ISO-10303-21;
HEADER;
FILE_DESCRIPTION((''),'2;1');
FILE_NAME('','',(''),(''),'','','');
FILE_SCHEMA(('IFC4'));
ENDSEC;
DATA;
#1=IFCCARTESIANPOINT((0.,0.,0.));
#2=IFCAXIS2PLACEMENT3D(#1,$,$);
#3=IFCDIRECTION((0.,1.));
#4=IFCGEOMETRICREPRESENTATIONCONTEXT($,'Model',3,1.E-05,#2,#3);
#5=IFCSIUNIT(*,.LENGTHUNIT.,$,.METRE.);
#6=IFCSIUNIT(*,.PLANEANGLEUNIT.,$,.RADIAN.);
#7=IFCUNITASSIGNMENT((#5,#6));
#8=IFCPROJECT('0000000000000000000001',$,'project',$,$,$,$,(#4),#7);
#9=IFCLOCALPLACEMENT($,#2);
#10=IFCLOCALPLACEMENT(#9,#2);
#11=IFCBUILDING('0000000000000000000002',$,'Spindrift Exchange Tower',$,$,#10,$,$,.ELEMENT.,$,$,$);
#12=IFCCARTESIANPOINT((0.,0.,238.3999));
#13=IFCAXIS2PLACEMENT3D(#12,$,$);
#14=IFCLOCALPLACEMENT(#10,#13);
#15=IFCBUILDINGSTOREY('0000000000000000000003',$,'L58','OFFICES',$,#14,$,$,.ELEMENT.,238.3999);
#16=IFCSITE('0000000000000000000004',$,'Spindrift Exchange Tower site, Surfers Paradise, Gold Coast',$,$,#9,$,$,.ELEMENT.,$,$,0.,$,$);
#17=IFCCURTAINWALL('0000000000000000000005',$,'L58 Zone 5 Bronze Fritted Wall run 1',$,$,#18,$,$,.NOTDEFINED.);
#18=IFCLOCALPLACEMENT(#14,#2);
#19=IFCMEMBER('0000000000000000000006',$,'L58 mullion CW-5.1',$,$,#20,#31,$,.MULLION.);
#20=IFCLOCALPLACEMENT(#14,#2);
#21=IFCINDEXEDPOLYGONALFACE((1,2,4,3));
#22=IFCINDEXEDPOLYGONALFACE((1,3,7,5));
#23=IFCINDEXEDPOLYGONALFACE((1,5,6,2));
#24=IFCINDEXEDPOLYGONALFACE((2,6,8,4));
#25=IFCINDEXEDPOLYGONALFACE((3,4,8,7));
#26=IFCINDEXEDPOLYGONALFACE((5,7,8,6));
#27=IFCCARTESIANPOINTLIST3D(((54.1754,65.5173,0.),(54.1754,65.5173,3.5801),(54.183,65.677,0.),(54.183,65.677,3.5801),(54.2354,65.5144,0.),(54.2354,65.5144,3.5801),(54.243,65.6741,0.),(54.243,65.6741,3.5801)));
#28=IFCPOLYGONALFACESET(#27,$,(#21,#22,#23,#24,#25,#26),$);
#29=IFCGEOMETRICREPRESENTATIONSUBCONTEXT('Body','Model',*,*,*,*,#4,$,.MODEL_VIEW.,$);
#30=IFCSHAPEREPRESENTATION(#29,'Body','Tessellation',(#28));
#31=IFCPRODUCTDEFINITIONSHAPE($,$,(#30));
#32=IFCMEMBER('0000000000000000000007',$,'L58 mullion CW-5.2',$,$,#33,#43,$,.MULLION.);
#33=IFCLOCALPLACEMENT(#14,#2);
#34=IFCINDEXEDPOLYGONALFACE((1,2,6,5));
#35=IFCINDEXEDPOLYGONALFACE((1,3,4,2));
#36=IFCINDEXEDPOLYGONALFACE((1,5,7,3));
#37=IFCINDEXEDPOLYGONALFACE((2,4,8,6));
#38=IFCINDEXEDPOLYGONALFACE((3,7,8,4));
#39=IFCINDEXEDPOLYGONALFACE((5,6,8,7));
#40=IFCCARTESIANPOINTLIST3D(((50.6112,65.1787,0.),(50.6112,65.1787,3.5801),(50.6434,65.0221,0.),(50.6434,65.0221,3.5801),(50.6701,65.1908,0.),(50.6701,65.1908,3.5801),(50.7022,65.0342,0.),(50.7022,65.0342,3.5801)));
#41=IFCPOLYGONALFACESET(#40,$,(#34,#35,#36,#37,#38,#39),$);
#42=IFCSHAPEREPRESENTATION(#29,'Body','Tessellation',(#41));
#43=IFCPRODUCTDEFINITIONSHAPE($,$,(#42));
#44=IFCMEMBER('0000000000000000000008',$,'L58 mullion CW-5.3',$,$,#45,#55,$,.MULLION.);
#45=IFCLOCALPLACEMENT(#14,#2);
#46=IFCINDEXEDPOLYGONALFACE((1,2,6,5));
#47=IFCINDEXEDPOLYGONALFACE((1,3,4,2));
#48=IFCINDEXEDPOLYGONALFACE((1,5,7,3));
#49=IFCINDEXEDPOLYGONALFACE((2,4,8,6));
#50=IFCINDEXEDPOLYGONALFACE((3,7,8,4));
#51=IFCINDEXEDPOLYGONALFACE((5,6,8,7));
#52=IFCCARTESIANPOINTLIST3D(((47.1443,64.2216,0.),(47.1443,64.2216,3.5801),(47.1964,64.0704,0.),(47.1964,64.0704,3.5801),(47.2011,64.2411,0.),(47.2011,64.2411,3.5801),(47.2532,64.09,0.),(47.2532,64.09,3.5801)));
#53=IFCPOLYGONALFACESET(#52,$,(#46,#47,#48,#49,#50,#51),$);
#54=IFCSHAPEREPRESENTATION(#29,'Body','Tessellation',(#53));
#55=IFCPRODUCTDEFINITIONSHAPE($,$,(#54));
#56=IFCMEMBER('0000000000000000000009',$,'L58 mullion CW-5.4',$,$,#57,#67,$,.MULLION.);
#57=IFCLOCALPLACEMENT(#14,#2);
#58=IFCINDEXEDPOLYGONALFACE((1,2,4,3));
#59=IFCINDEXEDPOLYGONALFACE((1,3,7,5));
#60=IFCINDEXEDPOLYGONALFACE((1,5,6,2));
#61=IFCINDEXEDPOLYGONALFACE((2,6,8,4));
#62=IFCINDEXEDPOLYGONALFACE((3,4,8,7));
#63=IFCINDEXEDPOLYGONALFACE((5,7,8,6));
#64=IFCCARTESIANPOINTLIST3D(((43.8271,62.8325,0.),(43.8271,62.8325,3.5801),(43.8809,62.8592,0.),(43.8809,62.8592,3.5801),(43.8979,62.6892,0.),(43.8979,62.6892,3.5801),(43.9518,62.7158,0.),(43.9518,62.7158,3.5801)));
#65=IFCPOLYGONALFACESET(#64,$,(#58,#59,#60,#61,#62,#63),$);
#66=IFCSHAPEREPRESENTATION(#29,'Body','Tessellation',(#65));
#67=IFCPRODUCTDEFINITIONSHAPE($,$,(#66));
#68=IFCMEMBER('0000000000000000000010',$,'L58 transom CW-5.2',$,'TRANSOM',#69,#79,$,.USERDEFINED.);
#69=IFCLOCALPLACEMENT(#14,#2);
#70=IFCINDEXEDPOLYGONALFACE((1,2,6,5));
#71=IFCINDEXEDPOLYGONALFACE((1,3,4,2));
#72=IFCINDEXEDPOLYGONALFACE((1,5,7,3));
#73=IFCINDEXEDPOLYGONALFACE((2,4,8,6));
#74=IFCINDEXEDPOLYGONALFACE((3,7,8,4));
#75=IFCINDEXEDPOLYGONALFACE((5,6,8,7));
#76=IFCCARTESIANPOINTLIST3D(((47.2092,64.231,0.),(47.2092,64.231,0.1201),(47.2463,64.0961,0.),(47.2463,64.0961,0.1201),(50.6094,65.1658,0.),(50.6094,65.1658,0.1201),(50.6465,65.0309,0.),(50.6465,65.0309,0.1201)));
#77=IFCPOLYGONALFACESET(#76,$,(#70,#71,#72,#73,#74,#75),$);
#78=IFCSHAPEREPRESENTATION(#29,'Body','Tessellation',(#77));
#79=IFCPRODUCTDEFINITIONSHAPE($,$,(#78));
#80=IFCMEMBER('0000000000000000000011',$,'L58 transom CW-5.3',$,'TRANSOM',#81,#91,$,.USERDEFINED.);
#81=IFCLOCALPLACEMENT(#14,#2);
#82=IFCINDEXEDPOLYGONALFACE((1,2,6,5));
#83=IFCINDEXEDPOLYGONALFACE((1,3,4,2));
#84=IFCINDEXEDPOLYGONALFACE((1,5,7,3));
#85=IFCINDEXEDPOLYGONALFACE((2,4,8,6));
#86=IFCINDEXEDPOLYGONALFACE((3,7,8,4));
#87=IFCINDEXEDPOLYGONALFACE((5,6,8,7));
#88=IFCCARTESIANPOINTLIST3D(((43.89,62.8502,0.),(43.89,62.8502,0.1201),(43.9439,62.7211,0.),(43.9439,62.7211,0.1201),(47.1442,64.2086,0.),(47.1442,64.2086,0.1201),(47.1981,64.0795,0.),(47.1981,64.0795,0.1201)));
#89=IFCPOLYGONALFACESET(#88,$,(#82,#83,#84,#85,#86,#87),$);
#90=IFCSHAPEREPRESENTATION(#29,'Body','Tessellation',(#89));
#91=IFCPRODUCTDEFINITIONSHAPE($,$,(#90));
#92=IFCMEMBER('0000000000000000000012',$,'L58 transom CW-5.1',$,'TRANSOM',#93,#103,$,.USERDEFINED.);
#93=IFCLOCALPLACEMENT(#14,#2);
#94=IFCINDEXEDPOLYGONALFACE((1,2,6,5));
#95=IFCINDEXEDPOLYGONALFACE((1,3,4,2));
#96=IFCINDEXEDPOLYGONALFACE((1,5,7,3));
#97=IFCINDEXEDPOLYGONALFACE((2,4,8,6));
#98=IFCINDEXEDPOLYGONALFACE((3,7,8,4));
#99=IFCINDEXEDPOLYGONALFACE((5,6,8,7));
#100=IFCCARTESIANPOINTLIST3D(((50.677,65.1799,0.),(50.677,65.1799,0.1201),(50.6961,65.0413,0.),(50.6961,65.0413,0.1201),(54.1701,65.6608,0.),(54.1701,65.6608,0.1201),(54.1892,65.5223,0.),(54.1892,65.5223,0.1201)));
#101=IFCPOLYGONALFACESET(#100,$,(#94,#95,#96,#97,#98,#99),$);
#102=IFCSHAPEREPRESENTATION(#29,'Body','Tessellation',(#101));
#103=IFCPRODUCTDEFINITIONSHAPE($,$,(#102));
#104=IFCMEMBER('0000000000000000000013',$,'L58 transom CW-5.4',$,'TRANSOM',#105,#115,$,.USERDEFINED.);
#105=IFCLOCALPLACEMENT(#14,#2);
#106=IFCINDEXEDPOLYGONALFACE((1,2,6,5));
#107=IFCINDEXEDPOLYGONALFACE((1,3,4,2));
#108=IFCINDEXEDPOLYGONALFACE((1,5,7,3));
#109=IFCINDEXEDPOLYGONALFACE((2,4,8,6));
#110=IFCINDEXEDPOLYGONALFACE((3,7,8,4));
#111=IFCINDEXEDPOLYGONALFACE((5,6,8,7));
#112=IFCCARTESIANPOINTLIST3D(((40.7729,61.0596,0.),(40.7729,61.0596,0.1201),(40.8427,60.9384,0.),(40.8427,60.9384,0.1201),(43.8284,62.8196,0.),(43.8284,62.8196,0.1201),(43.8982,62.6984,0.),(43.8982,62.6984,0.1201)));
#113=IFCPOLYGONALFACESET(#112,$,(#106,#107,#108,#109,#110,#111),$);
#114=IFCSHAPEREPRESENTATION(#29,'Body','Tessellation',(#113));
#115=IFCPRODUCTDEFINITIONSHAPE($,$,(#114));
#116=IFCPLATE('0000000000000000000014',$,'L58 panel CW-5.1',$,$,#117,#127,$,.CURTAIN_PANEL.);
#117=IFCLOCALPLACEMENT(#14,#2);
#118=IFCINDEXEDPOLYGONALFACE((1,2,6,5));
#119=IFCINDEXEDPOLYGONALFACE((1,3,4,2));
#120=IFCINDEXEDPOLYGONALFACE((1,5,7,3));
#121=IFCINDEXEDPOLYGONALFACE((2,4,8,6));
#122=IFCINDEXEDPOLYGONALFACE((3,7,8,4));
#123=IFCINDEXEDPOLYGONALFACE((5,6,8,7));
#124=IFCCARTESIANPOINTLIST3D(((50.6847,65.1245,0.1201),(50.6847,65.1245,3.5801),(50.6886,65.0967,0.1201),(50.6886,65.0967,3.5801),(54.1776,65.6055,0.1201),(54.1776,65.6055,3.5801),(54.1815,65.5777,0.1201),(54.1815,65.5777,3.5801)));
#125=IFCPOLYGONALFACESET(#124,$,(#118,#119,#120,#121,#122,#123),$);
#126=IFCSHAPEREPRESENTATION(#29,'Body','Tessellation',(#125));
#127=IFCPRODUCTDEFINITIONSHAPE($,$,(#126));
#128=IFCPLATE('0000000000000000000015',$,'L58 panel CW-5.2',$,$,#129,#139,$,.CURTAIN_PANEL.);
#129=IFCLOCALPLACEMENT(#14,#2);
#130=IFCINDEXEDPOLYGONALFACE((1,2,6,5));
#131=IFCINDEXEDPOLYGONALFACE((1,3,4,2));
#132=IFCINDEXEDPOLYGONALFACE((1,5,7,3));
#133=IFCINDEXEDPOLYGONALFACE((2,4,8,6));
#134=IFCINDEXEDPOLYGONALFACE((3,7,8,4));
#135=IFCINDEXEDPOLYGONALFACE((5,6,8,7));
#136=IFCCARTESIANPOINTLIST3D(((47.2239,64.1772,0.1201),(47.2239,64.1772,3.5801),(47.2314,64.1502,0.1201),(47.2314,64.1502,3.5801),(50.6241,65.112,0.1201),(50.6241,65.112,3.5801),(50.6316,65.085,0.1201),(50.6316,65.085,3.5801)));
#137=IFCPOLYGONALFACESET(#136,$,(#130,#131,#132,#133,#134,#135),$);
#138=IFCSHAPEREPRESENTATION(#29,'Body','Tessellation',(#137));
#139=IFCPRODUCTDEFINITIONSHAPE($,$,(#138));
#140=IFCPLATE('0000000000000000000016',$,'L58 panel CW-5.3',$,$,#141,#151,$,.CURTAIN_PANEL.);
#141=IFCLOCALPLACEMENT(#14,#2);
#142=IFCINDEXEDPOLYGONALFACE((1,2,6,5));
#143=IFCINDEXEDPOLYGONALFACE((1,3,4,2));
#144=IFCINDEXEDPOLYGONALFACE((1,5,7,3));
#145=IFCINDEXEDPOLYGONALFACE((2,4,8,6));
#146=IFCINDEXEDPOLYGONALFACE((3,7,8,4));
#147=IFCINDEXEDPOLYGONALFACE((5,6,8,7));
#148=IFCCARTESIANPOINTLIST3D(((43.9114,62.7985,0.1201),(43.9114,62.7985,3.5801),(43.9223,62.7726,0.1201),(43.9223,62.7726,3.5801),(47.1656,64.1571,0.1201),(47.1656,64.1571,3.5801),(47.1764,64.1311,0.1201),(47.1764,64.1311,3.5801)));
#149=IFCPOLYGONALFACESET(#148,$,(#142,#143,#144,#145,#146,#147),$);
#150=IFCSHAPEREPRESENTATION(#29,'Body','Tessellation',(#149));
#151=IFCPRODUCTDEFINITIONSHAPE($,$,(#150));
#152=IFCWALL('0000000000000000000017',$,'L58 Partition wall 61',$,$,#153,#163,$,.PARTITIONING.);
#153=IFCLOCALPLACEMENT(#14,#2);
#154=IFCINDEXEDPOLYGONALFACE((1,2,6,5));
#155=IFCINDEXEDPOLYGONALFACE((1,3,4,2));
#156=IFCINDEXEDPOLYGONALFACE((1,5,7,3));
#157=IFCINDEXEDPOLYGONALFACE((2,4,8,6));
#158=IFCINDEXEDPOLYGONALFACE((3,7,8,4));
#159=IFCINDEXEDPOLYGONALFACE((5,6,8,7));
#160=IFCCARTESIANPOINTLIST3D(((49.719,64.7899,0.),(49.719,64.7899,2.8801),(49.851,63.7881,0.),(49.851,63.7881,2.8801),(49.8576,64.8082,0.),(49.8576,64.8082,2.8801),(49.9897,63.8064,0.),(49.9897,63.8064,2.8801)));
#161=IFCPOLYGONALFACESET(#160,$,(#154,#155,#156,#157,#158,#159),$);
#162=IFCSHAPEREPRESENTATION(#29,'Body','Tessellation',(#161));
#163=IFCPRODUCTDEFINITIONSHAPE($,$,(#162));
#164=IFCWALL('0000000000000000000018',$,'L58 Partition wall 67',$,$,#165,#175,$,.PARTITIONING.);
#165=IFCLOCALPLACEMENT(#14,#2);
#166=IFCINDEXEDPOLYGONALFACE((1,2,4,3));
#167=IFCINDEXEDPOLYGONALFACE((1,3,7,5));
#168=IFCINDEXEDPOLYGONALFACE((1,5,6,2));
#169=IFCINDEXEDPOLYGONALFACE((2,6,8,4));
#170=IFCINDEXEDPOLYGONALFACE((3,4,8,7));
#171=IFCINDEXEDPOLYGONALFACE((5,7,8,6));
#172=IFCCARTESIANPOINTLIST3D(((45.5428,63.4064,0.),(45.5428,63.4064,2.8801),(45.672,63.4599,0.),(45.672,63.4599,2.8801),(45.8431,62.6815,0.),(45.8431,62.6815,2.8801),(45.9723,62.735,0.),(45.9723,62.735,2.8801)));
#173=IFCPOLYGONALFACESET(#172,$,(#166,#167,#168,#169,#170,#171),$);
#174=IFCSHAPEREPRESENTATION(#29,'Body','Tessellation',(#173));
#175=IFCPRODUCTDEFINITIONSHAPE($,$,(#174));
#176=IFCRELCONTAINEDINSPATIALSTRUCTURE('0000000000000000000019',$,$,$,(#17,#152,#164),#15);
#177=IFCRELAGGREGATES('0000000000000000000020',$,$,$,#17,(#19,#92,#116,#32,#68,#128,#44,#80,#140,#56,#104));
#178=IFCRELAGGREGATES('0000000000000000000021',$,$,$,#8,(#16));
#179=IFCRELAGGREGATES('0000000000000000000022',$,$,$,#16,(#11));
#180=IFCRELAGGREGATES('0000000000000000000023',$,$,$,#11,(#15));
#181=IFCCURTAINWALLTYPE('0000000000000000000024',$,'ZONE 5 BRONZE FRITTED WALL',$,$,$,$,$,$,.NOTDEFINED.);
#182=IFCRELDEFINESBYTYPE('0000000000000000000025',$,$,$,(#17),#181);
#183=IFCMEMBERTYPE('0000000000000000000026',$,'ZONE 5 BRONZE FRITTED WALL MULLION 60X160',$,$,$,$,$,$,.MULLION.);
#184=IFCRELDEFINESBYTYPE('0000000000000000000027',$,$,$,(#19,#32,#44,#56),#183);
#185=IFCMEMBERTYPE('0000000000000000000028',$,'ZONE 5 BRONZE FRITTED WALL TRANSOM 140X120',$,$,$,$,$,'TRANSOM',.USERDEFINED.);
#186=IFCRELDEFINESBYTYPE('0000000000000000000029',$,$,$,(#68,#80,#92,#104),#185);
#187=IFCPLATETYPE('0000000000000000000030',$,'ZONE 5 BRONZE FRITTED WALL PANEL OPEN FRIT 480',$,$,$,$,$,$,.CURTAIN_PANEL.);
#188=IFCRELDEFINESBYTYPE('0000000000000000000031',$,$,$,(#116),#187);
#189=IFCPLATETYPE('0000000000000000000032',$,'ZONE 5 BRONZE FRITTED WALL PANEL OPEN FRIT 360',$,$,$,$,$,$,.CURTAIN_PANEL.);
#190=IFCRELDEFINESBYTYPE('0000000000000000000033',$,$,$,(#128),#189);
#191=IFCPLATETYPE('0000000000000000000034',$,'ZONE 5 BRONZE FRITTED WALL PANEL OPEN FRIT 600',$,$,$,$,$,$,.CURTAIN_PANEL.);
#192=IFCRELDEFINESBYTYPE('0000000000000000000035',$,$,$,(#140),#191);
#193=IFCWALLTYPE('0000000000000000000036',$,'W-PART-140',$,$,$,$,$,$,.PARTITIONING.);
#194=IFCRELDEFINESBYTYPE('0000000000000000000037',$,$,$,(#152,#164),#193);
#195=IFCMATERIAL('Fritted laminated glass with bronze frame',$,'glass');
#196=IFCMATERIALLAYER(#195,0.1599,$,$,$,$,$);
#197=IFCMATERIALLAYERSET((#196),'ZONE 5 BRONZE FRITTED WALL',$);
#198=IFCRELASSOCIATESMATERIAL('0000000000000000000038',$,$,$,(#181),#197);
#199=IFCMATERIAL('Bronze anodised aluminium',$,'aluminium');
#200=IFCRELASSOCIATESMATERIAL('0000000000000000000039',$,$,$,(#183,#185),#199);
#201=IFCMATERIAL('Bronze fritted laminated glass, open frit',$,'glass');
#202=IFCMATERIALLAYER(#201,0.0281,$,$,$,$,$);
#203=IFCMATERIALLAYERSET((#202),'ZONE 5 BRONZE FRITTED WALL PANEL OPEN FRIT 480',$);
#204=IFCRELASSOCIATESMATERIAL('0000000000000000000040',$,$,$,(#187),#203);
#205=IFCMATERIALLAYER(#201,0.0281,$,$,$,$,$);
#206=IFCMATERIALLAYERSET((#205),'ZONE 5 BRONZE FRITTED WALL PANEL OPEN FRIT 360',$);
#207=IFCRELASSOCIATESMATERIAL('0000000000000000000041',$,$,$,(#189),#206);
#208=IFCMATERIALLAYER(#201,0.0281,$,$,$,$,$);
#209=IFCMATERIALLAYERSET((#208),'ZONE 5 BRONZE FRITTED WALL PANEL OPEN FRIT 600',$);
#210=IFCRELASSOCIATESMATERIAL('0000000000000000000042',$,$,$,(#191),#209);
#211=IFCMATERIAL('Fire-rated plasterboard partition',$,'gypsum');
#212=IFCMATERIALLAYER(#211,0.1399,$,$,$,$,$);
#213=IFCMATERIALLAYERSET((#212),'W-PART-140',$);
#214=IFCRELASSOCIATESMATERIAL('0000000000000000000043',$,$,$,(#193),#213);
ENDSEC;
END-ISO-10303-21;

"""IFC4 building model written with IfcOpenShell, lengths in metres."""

from ifc_helpers import new_model, si_unit, direction, frame, frame_2d, origin, origin_2d, place, context, subcontext, project, spatial, rectangle, extrude, source, transform, mapped, material, layer, layer_set, material_profile, profile_set, type_object, element, aggregate, save


model = new_model("IFC4")

# Units and contexts
model_context = context("Model", 3, precision=1e-05, world=origin(), true_north=direction((0.0, 1.0)))
body_context = subcontext(model_context, "Body", "Model", "MODEL_VIEW")
ifc_project = project(units=[si_unit("LENGTHUNIT", "METRE"), si_unit("PLANEANGLEUNIT", "RADIAN")], contexts=[model_context])

# Site, building, storey
site_placement = place(None, origin())
site = spatial("IfcSite", under=ifc_project, at=site_placement, Name="Spindrift Exchange Tower site, Surfers Paradise, Gold Coast", CompositionType="ELEMENT", RefElevation=0.0)
building_placement = place(site_placement, origin())
building = spatial("IfcBuilding", under=site, at=building_placement, Name="Spindrift Exchange Tower", CompositionType="ELEMENT")
storey_placement = place(building_placement, frame((0.0, 0.0, 238.3999)))
storey = spatial("IfcBuildingStorey", under=building, at=storey_placement, Name="L58", Description="OFFICES", CompositionType="ELEMENT", Elevation=238.3999)

# Curtain wall, members, plates
ifc_material_1 = material(Name="Fritted laminated glass with bronze frame", Category="glass")
ifc_layer_1 = layer(ifc_material_1, 0.1599)
ifc_layer_set_1 = layer_set([ifc_layer_1], Name="ZONE 5 BRONZE FRITTED WALL")
curtain_wall_type = type_object("IfcCurtainWallType", Name="ZONE 5 BRONZE FRITTED WALL", PredefinedType="NOTDEFINED", material=ifc_layer_set_1)
curtain_wall_placement = place(storey_placement, origin())
curtain_wall = element("IfcCurtainWall", 1, at=curtain_wall_placement, inside=storey, type_object=curtain_wall_type, Name="L58 Zone 5 Bronze Fritted Wall run 1", PredefinedType="NOTDEFINED")
ifc_material_2 = material(Name="Bronze anodised aluminium", Category="aluminium")
ifc_material_profile_1 = material_profile(ifc_material_2, rectangle(XDim=0.0601, YDim=0.1599, at=origin_2d()), Name="ZONE 5 BRONZE FRITTED WALL MULLION 60X160")
ifc_profile_set_1 = profile_set([ifc_material_profile_1], Name="Bronze anodised aluminium")
member_type_1 = type_object("IfcMemberType", Name="ZONE 5 BRONZE FRITTED WALL MULLION 60X160", PredefinedType="MULLION", material=ifc_profile_set_1)
shared_shape_1 = source(origin(), body_context, "Body", "SweptSolid", [
    extrude(rectangle(XDim=0.0601, YDim=0.1599, at=origin_2d()), origin(), (0.0, 0.0, 1.0), 3.5801),
])
member_1_placement = place(storey_placement, frame((54.2092, 65.5957, 0.0), z_axis=(0.0, 0.0, 1.0), x_axis=(-0.998879, 0.047331, 0.0)))
member_1 = element("IfcMember", 2, at=member_1_placement, type_object=member_type_1, Name="L58 mullion CW-5.1", PredefinedType="MULLION", context=body_context, shape_type="MappedRepresentation", body=[
    mapped(shared_shape_1, transform((0.0, 0.0, 0.0), scale=1.0)),
])
member_2_placement = place(storey_placement, frame((50.6567, 65.1064, 0.0), z_axis=(0.0, 0.0, 1.0), x_axis=(-0.979552, -0.201189, 0.0)))
member_2 = element("IfcMember", 3, at=member_2_placement, type_object=member_type_1, Name="L58 mullion CW-5.2", PredefinedType="MULLION", context=body_context, shape_type="MappedRepresentation", body=[
    mapped(shared_shape_1, transform((0.0, 0.0, 0.0), scale=1.0)),
])
member_3_placement = place(storey_placement, frame((47.1987, 64.1558, 0.0), z_axis=(0.0, 0.0, 1.0), x_axis=(-0.94543, -0.325826, 0.0)))
member_3 = element("IfcMember", 4, at=member_3_placement, type_object=member_type_1, Name="L58 mullion CW-5.3", PredefinedType="MULLION", context=body_context, shape_type="MappedRepresentation", body=[
    mapped(shared_shape_1, transform((0.0, 0.0, 0.0), scale=1.0)),
])
member_4_placement = place(storey_placement, frame((43.8894, 62.7742, 0.0), z_axis=(0.0, 0.0, 1.0), x_axis=(-0.896474, -0.443097, 0.0)))
member_4 = element("IfcMember", 5, at=member_4_placement, type_object=member_type_1, Name="L58 mullion CW-5.4", PredefinedType="MULLION", context=body_context, shape_type="MappedRepresentation", body=[
    mapped(shared_shape_1, transform((0.0, 0.0, 0.0), scale=1.0)),
])
ifc_material_profile_2 = material_profile(ifc_material_2, rectangle(XDim=0.1399, YDim=0.1201, at=origin_2d()), Name="ZONE 5 BRONZE FRITTED WALL TRANSOM 140X120")
ifc_profile_set_2 = profile_set([ifc_material_profile_2], Name="Bronze anodised aluminium")
member_type_2 = type_object("IfcMemberType", Name="ZONE 5 BRONZE FRITTED WALL TRANSOM 140X120", ElementType="TRANSOM", PredefinedType="USERDEFINED", material=ifc_profile_set_2)
shared_shape_2 = source(origin(), body_context, "Body", "SweptSolid", [
    extrude(rectangle(XDim=0.1399, YDim=0.1201, at=origin_2d()), origin(), (0.0, 0.0, 1.0), 3.5264),
])
member_5_placement = place(storey_placement, frame((50.6279, 65.0984, 0.0601), z_axis=(-0.964222, -0.265097, 0.0), x_axis=(0.265097, -0.964222, 0.0)))
member_5 = element("IfcMember", 6, at=member_5_placement, type_object=member_type_2, Name="L58 transom CW-5.2", ObjectType="TRANSOM", PredefinedType="USERDEFINED", context=body_context, shape_type="MappedRepresentation", body=[
    mapped(shared_shape_2, transform((0.0, 0.0, 0.0), scale=1.0)),
])
member_6_placement = place(storey_placement, frame((47.1711, 64.144, 0.0601), z_axis=(-0.922825, -0.38522, 0.0), x_axis=(0.38522, -0.922825, 0.0)))
member_6 = element("IfcMember", 7, at=member_6_placement, type_object=member_type_2, Name="L58 transom CW-5.3", ObjectType="TRANSOM", PredefinedType="USERDEFINED", context=body_context, shape_type="MappedRepresentation", body=[
    mapped(shared_shape_2, transform((0.0, 0.0, 0.0), scale=1.0)),
])
shared_shape_3 = source(origin(), body_context, "Body", "SweptSolid", [
    extrude(rectangle(XDim=0.1399, YDim=0.1201, at=origin_2d()), origin(), (0.0, 0.0, 1.0), 3.5261),
])
member_7_placement = place(storey_placement, frame((54.1797, 65.5916, 0.0601), z_axis=(-0.990654, -0.136398, 0.0), x_axis=(0.136398, -0.990654, 0.0)))
member_7 = element("IfcMember", 8, at=member_7_placement, type_object=member_type_2, Name="L58 transom CW-5.1", ObjectType="TRANSOM", PredefinedType="USERDEFINED", context=body_context, shape_type="MappedRepresentation", body=[
    mapped(shared_shape_3, transform((0.0, 0.0, 0.0), scale=1.0)),
])
member_8_placement = place(storey_placement, frame((43.8633, 62.759, 0.0601), z_axis=(-0.866521, -0.499141, 0.0), x_axis=(0.499141, -0.866521, 0.0)))
member_8 = element("IfcMember", 9, at=member_8_placement, type_object=member_type_2, Name="L58 transom CW-5.4", ObjectType="TRANSOM", PredefinedType="USERDEFINED", context=body_context, shape_type="MappedRepresentation", body=[
    mapped(shared_shape_3, transform((0.0, 0.0, 0.0), scale=1.0)),
])
ifc_material_3 = material(Name="Bronze fritted laminated glass, open frit", Category="glass")
ifc_layer_2 = layer(ifc_material_3, 0.0281)
ifc_layer_set_2 = layer_set([ifc_layer_2], Name="ZONE 5 BRONZE FRITTED WALL PANEL OPEN FRIT 480")
plate_type_1 = type_object("IfcPlateType", Name="ZONE 5 BRONZE FRITTED WALL PANEL OPEN FRIT 480", PredefinedType="CURTAIN_PANEL", material=ifc_layer_set_2)
shared_shape_4 = source(origin(), body_context, "Body", "SweptSolid", [
    extrude(rectangle(XDim=3.5259, YDim=0.0281, at=origin_2d()), origin(), (0.0, 0.0, 1.0), 3.46),
])
plate_1_placement = place(storey_placement, frame((52.4331, 65.3511, 0.1201), z_axis=(0.0, 0.0, 1.0), x_axis=(-0.990651, -0.136419, 0.0)))
plate_1 = element("IfcPlate", 10, at=plate_1_placement, type_object=plate_type_1, Name="L58 panel CW-5.1", PredefinedType="CURTAIN_PANEL", context=body_context, shape_type="MappedRepresentation", body=[
    mapped(shared_shape_4, transform((0.0, 0.0, 0.0), scale=1.0)),
])
ifc_layer_3 = layer(ifc_material_3, 0.0281)
ifc_layer_set_3 = layer_set([ifc_layer_3], Name="ZONE 5 BRONZE FRITTED WALL PANEL OPEN FRIT 360")
plate_type_2 = type_object("IfcPlateType", Name="ZONE 5 BRONZE FRITTED WALL PANEL OPEN FRIT 360", PredefinedType="CURTAIN_PANEL", material=ifc_layer_set_3)
shared_shape_5 = source(origin(), body_context, "Body", "SweptSolid", [
    extrude(rectangle(XDim=3.5264, YDim=0.0281, at=origin_2d()), origin(), (0.0, 0.0, 1.0), 3.46),
])
plate_2_placement = place(storey_placement, frame((48.9277, 64.6311, 0.1201), z_axis=(0.0, 0.0, 1.0), x_axis=(-0.964223, -0.265092, 0.0)))
plate_2 = element("IfcPlate", 11, at=plate_2_placement, type_object=plate_type_2, Name="L58 panel CW-5.2", PredefinedType="CURTAIN_PANEL", context=body_context, shape_type="MappedRepresentation", body=[
    mapped(shared_shape_5, transform((0.0, 0.0, 0.0), scale=1.0)),
])
ifc_layer_4 = layer(ifc_material_3, 0.0281)
ifc_layer_set_4 = layer_set([ifc_layer_4], Name="ZONE 5 BRONZE FRITTED WALL PANEL OPEN FRIT 600")
plate_type_3 = type_object("IfcPlateType", Name="ZONE 5 BRONZE FRITTED WALL PANEL OPEN FRIT 600", PredefinedType="CURTAIN_PANEL", material=ifc_layer_set_4)
shared_shape_6 = source(origin(), body_context, "Body", "SweptSolid", [
    extrude(rectangle(XDim=3.5264, YDim=0.0281, at=origin_2d()), origin(), (0.0, 0.0, 1.0), 3.46),
])
plate_3_placement = place(storey_placement, frame((45.5439, 63.4648, 0.1201), z_axis=(0.0, 0.0, 1.0), x_axis=(-0.922815, -0.385243, 0.0)))
plate_3 = element("IfcPlate", 12, at=plate_3_placement, type_object=plate_type_3, Name="L58 panel CW-5.3", PredefinedType="CURTAIN_PANEL", context=body_context, shape_type="MappedRepresentation", body=[
    mapped(shared_shape_6, transform((0.0, 0.0, 0.0), scale=1.0)),
])
aggregate(curtain_wall, [member_1, member_7, plate_1, member_2, member_5, plate_2, member_3, member_6, plate_3, member_4, member_8])

# Walls
ifc_material_4 = material(Name="Fire-rated plasterboard partition", Category="gypsum")
ifc_layer_5 = layer(ifc_material_4, 0.1399)
ifc_layer_set_5 = layer_set([ifc_layer_5], Name="W-PART-140")
wall_type = type_object("IfcWallType", Name="W-PART-140", PredefinedType="PARTITIONING", material=ifc_layer_set_5)
wall_1_placement = place(storey_placement, frame((49.9204, 63.7971, 0.0), z_axis=(0.0, 0.0, 1.0), x_axis=(-0.130723, 0.991419, 0.0)))
element("IfcWall", 13, at=wall_1_placement, inside=storey, type_object=wall_type, Name="L58 Partition wall 61", PredefinedType="PARTITIONING", context=body_context, shape_type="SweptSolid", body=[
    extrude(rectangle(XDim=1.0105, YDim=0.1399, at=frame_2d((0.5054, 0.0))), origin(), (0.0, 0.0, 1.0), 2.8801),
])
wall_2_placement = place(storey_placement, frame((45.9077, 62.7083, 0.0), z_axis=(0.0, 0.0, 1.0), x_axis=(-0.382737, 0.923858, 0.0)))
element("IfcWall", 14, at=wall_2_placement, inside=storey, type_object=wall_type, Name="L58 Partition wall 67", PredefinedType="PARTITIONING", context=body_context, shape_type="SweptSolid", body=[
    extrude(rectangle(XDim=0.7847, YDim=0.1399, at=frame_2d((0.3923, 0.0))), origin(), (0.0, 0.0, 1.0), 2.8801),
])

save(model, "model.ifc")
